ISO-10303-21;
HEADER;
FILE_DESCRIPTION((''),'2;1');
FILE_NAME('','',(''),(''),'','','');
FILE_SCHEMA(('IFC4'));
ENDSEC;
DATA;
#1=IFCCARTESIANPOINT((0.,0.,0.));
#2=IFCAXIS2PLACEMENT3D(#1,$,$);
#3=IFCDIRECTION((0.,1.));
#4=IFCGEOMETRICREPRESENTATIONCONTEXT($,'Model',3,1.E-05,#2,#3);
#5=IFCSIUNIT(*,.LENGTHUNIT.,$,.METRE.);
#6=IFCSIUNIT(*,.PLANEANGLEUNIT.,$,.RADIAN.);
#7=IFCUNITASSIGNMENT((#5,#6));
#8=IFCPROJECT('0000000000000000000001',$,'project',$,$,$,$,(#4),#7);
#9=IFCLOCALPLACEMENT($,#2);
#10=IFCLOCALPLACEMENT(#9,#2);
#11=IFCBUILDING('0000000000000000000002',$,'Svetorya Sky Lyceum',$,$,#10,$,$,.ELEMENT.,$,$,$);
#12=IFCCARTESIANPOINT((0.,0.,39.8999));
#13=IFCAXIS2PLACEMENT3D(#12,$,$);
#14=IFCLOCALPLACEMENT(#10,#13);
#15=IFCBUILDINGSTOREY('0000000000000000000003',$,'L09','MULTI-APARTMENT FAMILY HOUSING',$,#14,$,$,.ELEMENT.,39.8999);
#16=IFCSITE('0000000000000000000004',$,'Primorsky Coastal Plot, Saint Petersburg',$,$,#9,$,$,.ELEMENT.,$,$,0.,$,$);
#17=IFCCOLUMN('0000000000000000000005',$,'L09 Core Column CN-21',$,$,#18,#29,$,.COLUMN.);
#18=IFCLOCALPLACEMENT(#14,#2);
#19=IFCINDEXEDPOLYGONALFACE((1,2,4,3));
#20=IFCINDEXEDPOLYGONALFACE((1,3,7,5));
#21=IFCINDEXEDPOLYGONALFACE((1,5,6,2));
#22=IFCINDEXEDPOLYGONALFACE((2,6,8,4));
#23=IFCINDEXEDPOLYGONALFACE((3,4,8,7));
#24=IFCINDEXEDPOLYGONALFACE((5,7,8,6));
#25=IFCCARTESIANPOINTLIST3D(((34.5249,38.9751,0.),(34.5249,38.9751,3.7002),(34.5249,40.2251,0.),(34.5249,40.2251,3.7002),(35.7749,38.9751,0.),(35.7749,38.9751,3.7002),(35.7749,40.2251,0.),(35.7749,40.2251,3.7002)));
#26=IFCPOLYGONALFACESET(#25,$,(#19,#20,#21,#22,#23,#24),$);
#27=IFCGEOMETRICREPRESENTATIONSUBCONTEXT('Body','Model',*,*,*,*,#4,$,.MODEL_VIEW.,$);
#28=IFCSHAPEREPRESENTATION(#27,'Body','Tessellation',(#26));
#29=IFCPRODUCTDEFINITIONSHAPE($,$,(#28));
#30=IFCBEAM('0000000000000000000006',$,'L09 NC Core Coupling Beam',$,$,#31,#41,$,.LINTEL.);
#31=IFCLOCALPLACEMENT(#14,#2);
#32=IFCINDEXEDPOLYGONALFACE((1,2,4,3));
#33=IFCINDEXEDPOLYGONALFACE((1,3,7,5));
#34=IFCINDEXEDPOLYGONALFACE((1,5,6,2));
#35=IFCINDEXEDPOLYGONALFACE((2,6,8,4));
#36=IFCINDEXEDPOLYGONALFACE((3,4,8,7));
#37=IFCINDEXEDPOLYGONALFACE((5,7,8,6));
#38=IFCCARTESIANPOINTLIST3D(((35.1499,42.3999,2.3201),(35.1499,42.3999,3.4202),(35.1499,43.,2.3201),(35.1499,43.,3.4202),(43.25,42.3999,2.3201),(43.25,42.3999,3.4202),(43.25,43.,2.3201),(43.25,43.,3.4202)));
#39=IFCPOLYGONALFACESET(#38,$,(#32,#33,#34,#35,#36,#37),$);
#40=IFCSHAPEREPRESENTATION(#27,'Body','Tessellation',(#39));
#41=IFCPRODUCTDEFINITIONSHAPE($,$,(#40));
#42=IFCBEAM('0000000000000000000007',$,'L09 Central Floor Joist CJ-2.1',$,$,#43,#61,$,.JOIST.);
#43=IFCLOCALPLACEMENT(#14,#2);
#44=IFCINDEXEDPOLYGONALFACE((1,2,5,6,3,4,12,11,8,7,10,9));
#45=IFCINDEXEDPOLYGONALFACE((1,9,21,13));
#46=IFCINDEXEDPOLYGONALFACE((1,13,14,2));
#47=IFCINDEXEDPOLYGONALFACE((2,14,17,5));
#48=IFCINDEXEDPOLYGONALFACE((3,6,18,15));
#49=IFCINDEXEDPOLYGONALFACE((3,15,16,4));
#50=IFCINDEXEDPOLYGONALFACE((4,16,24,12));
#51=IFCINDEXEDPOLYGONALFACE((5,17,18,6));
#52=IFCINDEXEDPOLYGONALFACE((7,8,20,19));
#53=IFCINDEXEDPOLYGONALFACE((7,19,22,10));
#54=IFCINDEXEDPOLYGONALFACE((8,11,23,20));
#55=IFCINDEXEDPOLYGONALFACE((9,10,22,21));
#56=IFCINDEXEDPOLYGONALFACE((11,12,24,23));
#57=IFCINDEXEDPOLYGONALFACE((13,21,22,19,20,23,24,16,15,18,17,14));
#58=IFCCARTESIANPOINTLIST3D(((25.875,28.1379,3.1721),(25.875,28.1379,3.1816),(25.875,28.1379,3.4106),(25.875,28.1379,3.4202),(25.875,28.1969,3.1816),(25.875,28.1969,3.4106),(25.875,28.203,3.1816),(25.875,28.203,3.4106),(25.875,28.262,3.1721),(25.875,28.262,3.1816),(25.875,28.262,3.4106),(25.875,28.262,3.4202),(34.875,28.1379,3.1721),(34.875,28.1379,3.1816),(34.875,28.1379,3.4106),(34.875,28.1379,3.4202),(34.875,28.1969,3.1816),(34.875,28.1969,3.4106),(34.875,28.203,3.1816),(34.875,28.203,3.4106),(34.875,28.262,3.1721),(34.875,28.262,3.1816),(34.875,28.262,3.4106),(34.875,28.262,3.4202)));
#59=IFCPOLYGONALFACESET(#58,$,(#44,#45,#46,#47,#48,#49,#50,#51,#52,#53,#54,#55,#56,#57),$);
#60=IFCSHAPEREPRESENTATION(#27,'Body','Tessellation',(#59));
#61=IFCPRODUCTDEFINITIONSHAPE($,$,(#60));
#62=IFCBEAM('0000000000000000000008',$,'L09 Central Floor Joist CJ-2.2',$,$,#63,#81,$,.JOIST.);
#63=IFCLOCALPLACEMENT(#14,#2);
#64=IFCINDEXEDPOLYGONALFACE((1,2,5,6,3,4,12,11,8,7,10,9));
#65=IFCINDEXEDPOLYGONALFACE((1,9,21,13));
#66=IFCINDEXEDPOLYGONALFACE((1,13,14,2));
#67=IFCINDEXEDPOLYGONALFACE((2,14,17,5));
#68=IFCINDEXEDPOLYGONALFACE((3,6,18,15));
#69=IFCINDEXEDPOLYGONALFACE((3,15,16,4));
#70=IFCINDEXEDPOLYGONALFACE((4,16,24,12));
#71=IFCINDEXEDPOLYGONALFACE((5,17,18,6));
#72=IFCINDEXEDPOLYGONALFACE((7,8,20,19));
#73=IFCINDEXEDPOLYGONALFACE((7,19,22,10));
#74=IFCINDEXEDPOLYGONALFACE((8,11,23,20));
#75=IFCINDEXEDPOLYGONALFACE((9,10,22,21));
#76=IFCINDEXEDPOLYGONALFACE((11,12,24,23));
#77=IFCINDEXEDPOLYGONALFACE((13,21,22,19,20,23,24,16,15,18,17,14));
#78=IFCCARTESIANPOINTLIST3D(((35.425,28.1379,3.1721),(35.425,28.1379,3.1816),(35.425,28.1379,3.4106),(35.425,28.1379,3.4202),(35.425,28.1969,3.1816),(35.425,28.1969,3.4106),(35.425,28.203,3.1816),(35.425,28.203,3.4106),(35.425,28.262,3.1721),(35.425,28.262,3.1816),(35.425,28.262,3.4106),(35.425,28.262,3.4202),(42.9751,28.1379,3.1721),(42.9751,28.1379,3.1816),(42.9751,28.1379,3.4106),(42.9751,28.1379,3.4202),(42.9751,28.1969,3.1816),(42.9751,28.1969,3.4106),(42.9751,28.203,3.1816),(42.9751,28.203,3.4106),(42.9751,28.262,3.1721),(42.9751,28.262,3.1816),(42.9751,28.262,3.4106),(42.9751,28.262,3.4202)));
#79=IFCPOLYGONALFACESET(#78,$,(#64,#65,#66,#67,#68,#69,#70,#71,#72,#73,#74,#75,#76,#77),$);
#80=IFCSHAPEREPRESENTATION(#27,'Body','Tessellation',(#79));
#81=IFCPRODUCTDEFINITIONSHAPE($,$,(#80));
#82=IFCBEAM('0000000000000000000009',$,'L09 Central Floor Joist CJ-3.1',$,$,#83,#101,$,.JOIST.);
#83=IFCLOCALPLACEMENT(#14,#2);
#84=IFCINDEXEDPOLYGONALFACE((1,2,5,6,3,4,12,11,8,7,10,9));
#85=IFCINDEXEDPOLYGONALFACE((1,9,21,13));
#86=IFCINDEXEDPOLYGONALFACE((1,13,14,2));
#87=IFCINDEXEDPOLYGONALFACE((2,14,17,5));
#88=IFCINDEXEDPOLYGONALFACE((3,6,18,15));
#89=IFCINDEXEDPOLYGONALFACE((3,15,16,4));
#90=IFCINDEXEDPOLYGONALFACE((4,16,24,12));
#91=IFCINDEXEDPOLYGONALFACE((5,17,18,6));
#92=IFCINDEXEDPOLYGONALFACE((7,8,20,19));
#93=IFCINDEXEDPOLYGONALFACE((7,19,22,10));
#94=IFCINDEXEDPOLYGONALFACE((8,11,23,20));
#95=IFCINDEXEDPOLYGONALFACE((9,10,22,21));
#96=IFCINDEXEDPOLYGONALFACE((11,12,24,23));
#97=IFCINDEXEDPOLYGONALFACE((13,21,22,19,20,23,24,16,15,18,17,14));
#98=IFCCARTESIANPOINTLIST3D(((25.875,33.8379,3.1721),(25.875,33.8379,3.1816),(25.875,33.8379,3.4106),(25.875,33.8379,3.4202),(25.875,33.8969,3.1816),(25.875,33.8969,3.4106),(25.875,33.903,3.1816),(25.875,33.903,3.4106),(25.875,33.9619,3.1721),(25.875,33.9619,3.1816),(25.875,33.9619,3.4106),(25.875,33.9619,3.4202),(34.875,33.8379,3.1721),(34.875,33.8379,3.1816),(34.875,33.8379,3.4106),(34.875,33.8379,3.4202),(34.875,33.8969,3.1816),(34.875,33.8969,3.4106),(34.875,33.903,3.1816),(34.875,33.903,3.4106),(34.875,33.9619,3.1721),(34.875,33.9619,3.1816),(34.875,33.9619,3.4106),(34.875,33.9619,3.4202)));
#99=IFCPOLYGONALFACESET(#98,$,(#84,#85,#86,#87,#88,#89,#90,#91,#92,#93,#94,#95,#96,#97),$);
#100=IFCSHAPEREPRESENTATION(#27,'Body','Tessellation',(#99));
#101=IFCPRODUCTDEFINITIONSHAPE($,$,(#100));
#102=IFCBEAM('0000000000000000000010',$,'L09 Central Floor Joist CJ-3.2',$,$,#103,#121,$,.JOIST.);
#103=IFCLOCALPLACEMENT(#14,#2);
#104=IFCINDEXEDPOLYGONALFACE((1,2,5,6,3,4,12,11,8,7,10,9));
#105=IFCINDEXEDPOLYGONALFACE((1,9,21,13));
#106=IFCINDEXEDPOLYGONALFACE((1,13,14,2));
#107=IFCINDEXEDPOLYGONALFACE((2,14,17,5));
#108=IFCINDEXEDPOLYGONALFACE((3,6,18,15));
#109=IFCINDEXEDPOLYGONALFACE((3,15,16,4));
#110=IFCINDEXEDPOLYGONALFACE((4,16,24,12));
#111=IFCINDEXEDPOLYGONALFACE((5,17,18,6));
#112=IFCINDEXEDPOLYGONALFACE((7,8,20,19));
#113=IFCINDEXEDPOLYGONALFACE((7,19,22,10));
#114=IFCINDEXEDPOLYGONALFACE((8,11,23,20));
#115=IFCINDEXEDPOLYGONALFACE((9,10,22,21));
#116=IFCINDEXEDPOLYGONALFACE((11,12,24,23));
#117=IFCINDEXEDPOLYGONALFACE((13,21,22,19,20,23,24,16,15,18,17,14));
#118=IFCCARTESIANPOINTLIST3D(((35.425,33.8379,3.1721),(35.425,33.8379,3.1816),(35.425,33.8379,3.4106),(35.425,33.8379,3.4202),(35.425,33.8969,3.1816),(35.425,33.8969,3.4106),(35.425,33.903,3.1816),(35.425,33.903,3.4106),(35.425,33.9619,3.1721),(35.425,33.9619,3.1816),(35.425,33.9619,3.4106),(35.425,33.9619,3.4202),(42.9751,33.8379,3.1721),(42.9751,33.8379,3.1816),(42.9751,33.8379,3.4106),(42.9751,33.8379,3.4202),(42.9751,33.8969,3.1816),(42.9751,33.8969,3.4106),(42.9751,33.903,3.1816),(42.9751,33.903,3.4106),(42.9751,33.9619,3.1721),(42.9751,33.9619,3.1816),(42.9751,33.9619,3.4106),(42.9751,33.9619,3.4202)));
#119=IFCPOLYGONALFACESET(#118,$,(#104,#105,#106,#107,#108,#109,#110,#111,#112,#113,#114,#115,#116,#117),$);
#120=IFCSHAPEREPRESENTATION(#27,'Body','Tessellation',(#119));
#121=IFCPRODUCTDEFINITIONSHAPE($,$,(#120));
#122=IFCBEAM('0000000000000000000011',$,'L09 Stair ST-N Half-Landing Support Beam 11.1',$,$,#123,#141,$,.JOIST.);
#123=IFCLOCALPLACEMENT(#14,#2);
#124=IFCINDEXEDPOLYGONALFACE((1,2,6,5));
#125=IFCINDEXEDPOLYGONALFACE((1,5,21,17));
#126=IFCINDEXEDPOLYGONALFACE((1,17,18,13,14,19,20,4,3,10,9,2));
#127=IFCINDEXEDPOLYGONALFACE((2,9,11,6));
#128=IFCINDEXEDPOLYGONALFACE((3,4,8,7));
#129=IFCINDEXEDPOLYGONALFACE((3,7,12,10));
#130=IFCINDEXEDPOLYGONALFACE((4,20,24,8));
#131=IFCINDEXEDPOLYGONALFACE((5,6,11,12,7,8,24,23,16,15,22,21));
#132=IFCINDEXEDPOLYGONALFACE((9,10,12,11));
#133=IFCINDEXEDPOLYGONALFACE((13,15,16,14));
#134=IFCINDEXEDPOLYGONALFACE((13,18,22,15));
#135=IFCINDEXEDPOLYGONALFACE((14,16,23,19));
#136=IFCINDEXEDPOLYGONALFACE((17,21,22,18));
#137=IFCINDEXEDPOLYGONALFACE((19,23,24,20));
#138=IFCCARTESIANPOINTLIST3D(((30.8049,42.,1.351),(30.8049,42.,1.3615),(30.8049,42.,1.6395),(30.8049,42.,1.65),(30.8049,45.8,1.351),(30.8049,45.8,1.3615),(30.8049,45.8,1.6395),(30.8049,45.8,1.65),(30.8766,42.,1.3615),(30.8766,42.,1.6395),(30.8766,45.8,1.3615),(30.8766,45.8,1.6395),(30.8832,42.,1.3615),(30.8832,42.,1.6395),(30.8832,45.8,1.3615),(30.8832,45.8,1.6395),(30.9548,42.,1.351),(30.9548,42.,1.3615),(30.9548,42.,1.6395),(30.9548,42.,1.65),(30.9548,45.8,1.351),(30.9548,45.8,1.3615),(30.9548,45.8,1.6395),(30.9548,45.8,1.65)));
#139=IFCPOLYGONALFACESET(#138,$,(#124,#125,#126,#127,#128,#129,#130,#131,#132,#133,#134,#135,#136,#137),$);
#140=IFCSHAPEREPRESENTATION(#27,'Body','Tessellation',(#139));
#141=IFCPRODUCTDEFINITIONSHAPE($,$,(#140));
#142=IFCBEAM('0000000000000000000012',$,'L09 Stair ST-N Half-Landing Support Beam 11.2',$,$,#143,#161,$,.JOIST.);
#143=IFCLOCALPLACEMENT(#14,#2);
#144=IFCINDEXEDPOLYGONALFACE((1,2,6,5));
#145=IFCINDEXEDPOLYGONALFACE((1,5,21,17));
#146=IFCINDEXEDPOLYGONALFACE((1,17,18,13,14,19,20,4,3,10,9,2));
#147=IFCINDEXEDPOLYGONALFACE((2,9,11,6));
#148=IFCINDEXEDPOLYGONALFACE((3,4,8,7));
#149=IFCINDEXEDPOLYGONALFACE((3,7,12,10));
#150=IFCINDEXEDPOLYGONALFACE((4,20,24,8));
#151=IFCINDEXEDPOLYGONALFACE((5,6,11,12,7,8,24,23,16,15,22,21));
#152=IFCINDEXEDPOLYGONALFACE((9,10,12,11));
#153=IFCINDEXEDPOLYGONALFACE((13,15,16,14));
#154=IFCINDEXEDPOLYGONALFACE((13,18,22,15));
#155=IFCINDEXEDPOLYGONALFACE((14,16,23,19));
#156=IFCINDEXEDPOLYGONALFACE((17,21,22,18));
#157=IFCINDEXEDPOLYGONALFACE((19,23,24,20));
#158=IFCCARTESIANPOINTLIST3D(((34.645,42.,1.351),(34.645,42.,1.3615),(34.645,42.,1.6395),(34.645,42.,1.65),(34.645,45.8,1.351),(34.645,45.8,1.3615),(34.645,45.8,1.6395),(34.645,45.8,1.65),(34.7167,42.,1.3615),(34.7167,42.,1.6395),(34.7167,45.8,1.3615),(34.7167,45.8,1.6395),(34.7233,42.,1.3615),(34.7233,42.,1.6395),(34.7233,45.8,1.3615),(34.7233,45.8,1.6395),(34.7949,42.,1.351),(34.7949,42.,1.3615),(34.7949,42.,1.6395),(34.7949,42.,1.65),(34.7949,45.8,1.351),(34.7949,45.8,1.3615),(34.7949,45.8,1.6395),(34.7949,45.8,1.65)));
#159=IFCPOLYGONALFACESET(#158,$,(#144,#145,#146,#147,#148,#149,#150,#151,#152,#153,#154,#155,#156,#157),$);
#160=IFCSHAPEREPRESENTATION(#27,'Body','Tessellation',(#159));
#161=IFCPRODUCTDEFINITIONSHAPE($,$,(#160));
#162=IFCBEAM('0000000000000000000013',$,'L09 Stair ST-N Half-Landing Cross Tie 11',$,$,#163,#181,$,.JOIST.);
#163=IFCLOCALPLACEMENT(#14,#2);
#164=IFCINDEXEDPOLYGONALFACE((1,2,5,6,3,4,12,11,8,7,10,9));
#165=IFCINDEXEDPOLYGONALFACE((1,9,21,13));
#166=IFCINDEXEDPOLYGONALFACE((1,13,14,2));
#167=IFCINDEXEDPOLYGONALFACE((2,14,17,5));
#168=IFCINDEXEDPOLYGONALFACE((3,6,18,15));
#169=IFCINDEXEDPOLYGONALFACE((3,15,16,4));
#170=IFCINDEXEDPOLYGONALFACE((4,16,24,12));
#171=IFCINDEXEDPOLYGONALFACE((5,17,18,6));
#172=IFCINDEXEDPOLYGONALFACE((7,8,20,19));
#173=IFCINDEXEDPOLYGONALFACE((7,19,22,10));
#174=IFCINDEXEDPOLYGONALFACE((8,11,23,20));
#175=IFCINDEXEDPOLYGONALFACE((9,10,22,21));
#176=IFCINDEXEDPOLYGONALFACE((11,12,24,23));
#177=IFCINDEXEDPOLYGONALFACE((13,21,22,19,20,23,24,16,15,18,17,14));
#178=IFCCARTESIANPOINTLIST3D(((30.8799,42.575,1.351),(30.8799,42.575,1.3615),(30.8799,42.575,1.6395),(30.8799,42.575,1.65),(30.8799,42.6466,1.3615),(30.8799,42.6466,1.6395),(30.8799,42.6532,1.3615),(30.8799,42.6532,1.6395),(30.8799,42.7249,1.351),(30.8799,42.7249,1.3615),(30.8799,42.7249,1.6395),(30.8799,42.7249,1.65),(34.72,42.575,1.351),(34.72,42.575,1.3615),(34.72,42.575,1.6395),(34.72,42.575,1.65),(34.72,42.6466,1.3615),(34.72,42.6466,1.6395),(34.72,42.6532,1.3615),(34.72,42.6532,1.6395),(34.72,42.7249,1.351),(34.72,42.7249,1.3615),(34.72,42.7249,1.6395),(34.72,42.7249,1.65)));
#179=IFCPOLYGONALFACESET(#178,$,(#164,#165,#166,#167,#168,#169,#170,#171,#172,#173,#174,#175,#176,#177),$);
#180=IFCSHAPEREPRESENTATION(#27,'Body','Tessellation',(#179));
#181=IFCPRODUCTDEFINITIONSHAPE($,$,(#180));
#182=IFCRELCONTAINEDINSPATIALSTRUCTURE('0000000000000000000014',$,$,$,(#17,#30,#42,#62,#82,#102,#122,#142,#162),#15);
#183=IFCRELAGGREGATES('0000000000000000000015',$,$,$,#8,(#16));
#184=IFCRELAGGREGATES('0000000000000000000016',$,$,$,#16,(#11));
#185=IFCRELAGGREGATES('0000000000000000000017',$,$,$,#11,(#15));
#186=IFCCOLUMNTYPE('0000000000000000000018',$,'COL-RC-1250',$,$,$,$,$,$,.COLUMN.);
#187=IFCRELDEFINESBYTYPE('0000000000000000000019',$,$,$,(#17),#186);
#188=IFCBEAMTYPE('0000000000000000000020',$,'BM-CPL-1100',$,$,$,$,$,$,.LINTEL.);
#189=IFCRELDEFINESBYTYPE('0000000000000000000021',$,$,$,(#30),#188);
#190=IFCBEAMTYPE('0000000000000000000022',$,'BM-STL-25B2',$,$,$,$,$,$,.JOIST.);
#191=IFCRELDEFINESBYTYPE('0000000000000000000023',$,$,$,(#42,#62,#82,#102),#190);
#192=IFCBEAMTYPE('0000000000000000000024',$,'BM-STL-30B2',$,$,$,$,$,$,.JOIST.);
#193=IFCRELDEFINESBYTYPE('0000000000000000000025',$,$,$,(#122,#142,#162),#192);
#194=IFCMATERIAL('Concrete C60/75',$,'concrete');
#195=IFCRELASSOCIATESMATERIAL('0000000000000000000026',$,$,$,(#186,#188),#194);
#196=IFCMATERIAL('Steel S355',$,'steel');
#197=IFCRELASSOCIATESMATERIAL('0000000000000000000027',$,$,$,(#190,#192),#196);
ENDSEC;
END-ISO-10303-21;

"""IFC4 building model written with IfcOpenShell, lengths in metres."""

from ifc_helpers import new_model, si_unit, direction, frame, origin, origin_2d, place, context, subcontext, project, spatial, rectangle, i_section, extrude, material, material_profile, profile_set, type_object, element, save


model = new_model("IFC4")

# Units and contexts
model_context = context("Model", 3, precision=1e-05, world=origin(), true_north=direction((0.0, 1.0)))
body_context = subcontext(model_context, "Body", "Model", "MODEL_VIEW")
ifc_project = project(units=[si_unit("LENGTHUNIT", "METRE"), si_unit("PLANEANGLEUNIT", "RADIAN")], contexts=[model_context])

# Site, building, storey
site_placement = place(None, origin())
site = spatial("IfcSite", under=ifc_project, at=site_placement, Name="Primorsky Coastal Plot, Saint Petersburg", CompositionType="ELEMENT", RefElevation=0.0)
building_placement = place(site_placement, origin())
building = spatial("IfcBuilding", under=site, at=building_placement, Name="Svetorya Sky Lyceum", CompositionType="ELEMENT")
storey_placement = place(building_placement, frame((0.0, 0.0, 39.8999)))
storey = spatial("IfcBuildingStorey", under=building, at=storey_placement, Name="L09", Description="MULTI-APARTMENT FAMILY HOUSING", CompositionType="ELEMENT", Elevation=39.8999)

# Column
ifc_material_1 = material(Name="Concrete C60/75", Category="concrete")
ifc_material_profile_1 = material_profile(ifc_material_1, rectangle(XDim=1.25, YDim=1.25, at=origin_2d()), Name="RC COL 1250x1250")
ifc_profile_set_1 = profile_set([ifc_material_profile_1], Name="Concrete C60/75")
column_type = type_object("IfcColumnType", Name="COL-RC-1250", PredefinedType="COLUMN", material=ifc_profile_set_1)
column_placement = place(storey_placement, frame((35.1499, 39.6001, 0.0), z_axis=(0.0, 0.0, 1.0), x_axis=(1.0, 0.0, 0.0)))
element("IfcColumn", 1, at=column_placement, inside=storey, type_object=column_type, Name="L09 Core Column CN-21", PredefinedType="COLUMN", context=body_context, shape_type="SweptSolid", body=[
    extrude(rectangle(XDim=1.25, YDim=1.25, at=origin_2d()), origin(), (0.0, 0.0, 1.0), 3.7002),
])

# Beams
ifc_material_profile_2 = material_profile(ifc_material_1, rectangle(XDim=0.6001, YDim=1.1001, at=origin_2d()), Name="RC COUPLING 600x1100")
ifc_profile_set_2 = profile_set([ifc_material_profile_2], Name="Concrete C60/75")
beam_type_1 = type_object("IfcBeamType", Name="BM-CPL-1100", PredefinedType="LINTEL", material=ifc_profile_set_2)
beam_1_placement = place(storey_placement, frame((35.1499, 42.7, 2.8701), z_axis=(1.0, 0.0, 0.0), x_axis=(0.0, 1.0, 0.0)))
element("IfcBeam", 2, at=beam_1_placement, inside=storey, type_object=beam_type_1, Name="L09 NC Core Coupling Beam", PredefinedType="LINTEL", context=body_context, shape_type="SweptSolid", body=[
    extrude(rectangle(XDim=0.6001, YDim=1.1001, at=origin_2d()), origin(), (0.0, 0.0, 1.0), 8.1001),
])
ifc_material_2 = material(Name="Steel S355", Category="steel")
ifc_material_profile_3 = material_profile(ifc_material_2, i_section(OverallWidth=0.124, OverallDepth=0.248, WebThickness=0.0061, FlangeThickness=0.0095, at=origin_2d()), Name="GOST 25B2")
ifc_profile_set_3 = profile_set([ifc_material_profile_3], Name="Steel S355")
beam_type_2 = type_object("IfcBeamType", Name="BM-STL-25B2", PredefinedType="JOIST", material=ifc_profile_set_3)
beam_2_placement = place(storey_placement, frame((25.875, 28.2, 3.2961), z_axis=(1.0, 0.0, 0.0), x_axis=(0.0, 1.0, 0.0)))
element("IfcBeam", 3, at=beam_2_placement, inside=storey, type_object=beam_type_2, Name="L09 Central Floor Joist CJ-2.1", PredefinedType="JOIST", context=body_context, shape_type="SweptSolid", body=[
    extrude(i_section(OverallWidth=0.124, OverallDepth=0.248, WebThickness=0.0061, FlangeThickness=0.0095, at=origin_2d()), origin(), (0.0, 0.0, 1.0), 9.0),
])
beam_3_placement = place(storey_placement, frame((35.425, 28.2, 3.2961), z_axis=(1.0, 0.0, 0.0), x_axis=(0.0, 1.0, 0.0)))
element("IfcBeam", 4, at=beam_3_placement, inside=storey, type_object=beam_type_2, Name="L09 Central Floor Joist CJ-2.2", PredefinedType="JOIST", context=body_context, shape_type="SweptSolid", body=[
    extrude(i_section(OverallWidth=0.124, OverallDepth=0.248, WebThickness=0.0061, FlangeThickness=0.0095, at=origin_2d()), origin(), (0.0, 0.0, 1.0), 7.55),
])
beam_4_placement = place(storey_placement, frame((25.875, 33.8999, 3.2961), z_axis=(1.0, 0.0, 0.0), x_axis=(0.0, 1.0, 0.0)))
element("IfcBeam", 5, at=beam_4_placement, inside=storey, type_object=beam_type_2, Name="L09 Central Floor Joist CJ-3.1", PredefinedType="JOIST", context=body_context, shape_type="SweptSolid", body=[
    extrude(i_section(OverallWidth=0.124, OverallDepth=0.248, WebThickness=0.0061, FlangeThickness=0.0095, at=origin_2d()), origin(), (0.0, 0.0, 1.0), 9.0),
])
beam_5_placement = place(storey_placement, frame((35.425, 33.8999, 3.2961), z_axis=(1.0, 0.0, 0.0), x_axis=(0.0, 1.0, 0.0)))
element("IfcBeam", 6, at=beam_5_placement, inside=storey, type_object=beam_type_2, Name="L09 Central Floor Joist CJ-3.2", PredefinedType="JOIST", context=body_context, shape_type="SweptSolid", body=[
    extrude(i_section(OverallWidth=0.124, OverallDepth=0.248, WebThickness=0.0061, FlangeThickness=0.0095, at=origin_2d()), origin(), (0.0, 0.0, 1.0), 7.55),
])
ifc_material_profile_4 = material_profile(ifc_material_2, i_section(OverallWidth=0.1499, OverallDepth=0.2991, WebThickness=0.0066, FlangeThickness=0.0105, at=origin_2d()), Name="GOST 30B2")
ifc_profile_set_4 = profile_set([ifc_material_profile_4], Name="Steel S355")
beam_type_3 = type_object("IfcBeamType", Name="BM-STL-30B2", PredefinedType="JOIST", material=ifc_profile_set_4)
for number, where, z_axis, x_axis, name in (
    (7, (30.8799, 42.0, 1.5005), (0.0, 1.0, 0.0), (-1.0, 0.0, 0.0), "L09 Stair ST-N Half-Landing Support Beam 11.1"),
    (8, (34.72, 42.0, 1.5005), (0.0, 1.0, 0.0), (-1.0, 0.0, 0.0), "L09 Stair ST-N Half-Landing Support Beam 11.2"),
):
    element("IfcBeam", number, at=place(storey_placement, frame(where, z_axis=z_axis, x_axis=x_axis)), inside=storey, type_object=beam_type_3, Name=name, PredefinedType="JOIST", context=body_context, shape_type="SweptSolid", body=[
        extrude(i_section(OverallWidth=0.1499, OverallDepth=0.2991, WebThickness=0.0066, FlangeThickness=0.0105, at=origin_2d()), origin(), (0.0, 0.0, 1.0), 3.8),
    ])
beam_6_placement = place(storey_placement, frame((30.8799, 42.6499, 1.5005), z_axis=(1.0, 0.0, 0.0), x_axis=(0.0, 1.0, 0.0)))
element("IfcBeam", 9, at=beam_6_placement, inside=storey, type_object=beam_type_3, Name="L09 Stair ST-N Half-Landing Cross Tie 11", PredefinedType="JOIST", context=body_context, shape_type="SweptSolid", body=[
    extrude(i_section(OverallWidth=0.1499, OverallDepth=0.2991, WebThickness=0.0066, FlangeThickness=0.0105, at=origin_2d()), origin(), (0.0, 0.0, 1.0), 3.8401),
])

save(model, "model.ifc")
